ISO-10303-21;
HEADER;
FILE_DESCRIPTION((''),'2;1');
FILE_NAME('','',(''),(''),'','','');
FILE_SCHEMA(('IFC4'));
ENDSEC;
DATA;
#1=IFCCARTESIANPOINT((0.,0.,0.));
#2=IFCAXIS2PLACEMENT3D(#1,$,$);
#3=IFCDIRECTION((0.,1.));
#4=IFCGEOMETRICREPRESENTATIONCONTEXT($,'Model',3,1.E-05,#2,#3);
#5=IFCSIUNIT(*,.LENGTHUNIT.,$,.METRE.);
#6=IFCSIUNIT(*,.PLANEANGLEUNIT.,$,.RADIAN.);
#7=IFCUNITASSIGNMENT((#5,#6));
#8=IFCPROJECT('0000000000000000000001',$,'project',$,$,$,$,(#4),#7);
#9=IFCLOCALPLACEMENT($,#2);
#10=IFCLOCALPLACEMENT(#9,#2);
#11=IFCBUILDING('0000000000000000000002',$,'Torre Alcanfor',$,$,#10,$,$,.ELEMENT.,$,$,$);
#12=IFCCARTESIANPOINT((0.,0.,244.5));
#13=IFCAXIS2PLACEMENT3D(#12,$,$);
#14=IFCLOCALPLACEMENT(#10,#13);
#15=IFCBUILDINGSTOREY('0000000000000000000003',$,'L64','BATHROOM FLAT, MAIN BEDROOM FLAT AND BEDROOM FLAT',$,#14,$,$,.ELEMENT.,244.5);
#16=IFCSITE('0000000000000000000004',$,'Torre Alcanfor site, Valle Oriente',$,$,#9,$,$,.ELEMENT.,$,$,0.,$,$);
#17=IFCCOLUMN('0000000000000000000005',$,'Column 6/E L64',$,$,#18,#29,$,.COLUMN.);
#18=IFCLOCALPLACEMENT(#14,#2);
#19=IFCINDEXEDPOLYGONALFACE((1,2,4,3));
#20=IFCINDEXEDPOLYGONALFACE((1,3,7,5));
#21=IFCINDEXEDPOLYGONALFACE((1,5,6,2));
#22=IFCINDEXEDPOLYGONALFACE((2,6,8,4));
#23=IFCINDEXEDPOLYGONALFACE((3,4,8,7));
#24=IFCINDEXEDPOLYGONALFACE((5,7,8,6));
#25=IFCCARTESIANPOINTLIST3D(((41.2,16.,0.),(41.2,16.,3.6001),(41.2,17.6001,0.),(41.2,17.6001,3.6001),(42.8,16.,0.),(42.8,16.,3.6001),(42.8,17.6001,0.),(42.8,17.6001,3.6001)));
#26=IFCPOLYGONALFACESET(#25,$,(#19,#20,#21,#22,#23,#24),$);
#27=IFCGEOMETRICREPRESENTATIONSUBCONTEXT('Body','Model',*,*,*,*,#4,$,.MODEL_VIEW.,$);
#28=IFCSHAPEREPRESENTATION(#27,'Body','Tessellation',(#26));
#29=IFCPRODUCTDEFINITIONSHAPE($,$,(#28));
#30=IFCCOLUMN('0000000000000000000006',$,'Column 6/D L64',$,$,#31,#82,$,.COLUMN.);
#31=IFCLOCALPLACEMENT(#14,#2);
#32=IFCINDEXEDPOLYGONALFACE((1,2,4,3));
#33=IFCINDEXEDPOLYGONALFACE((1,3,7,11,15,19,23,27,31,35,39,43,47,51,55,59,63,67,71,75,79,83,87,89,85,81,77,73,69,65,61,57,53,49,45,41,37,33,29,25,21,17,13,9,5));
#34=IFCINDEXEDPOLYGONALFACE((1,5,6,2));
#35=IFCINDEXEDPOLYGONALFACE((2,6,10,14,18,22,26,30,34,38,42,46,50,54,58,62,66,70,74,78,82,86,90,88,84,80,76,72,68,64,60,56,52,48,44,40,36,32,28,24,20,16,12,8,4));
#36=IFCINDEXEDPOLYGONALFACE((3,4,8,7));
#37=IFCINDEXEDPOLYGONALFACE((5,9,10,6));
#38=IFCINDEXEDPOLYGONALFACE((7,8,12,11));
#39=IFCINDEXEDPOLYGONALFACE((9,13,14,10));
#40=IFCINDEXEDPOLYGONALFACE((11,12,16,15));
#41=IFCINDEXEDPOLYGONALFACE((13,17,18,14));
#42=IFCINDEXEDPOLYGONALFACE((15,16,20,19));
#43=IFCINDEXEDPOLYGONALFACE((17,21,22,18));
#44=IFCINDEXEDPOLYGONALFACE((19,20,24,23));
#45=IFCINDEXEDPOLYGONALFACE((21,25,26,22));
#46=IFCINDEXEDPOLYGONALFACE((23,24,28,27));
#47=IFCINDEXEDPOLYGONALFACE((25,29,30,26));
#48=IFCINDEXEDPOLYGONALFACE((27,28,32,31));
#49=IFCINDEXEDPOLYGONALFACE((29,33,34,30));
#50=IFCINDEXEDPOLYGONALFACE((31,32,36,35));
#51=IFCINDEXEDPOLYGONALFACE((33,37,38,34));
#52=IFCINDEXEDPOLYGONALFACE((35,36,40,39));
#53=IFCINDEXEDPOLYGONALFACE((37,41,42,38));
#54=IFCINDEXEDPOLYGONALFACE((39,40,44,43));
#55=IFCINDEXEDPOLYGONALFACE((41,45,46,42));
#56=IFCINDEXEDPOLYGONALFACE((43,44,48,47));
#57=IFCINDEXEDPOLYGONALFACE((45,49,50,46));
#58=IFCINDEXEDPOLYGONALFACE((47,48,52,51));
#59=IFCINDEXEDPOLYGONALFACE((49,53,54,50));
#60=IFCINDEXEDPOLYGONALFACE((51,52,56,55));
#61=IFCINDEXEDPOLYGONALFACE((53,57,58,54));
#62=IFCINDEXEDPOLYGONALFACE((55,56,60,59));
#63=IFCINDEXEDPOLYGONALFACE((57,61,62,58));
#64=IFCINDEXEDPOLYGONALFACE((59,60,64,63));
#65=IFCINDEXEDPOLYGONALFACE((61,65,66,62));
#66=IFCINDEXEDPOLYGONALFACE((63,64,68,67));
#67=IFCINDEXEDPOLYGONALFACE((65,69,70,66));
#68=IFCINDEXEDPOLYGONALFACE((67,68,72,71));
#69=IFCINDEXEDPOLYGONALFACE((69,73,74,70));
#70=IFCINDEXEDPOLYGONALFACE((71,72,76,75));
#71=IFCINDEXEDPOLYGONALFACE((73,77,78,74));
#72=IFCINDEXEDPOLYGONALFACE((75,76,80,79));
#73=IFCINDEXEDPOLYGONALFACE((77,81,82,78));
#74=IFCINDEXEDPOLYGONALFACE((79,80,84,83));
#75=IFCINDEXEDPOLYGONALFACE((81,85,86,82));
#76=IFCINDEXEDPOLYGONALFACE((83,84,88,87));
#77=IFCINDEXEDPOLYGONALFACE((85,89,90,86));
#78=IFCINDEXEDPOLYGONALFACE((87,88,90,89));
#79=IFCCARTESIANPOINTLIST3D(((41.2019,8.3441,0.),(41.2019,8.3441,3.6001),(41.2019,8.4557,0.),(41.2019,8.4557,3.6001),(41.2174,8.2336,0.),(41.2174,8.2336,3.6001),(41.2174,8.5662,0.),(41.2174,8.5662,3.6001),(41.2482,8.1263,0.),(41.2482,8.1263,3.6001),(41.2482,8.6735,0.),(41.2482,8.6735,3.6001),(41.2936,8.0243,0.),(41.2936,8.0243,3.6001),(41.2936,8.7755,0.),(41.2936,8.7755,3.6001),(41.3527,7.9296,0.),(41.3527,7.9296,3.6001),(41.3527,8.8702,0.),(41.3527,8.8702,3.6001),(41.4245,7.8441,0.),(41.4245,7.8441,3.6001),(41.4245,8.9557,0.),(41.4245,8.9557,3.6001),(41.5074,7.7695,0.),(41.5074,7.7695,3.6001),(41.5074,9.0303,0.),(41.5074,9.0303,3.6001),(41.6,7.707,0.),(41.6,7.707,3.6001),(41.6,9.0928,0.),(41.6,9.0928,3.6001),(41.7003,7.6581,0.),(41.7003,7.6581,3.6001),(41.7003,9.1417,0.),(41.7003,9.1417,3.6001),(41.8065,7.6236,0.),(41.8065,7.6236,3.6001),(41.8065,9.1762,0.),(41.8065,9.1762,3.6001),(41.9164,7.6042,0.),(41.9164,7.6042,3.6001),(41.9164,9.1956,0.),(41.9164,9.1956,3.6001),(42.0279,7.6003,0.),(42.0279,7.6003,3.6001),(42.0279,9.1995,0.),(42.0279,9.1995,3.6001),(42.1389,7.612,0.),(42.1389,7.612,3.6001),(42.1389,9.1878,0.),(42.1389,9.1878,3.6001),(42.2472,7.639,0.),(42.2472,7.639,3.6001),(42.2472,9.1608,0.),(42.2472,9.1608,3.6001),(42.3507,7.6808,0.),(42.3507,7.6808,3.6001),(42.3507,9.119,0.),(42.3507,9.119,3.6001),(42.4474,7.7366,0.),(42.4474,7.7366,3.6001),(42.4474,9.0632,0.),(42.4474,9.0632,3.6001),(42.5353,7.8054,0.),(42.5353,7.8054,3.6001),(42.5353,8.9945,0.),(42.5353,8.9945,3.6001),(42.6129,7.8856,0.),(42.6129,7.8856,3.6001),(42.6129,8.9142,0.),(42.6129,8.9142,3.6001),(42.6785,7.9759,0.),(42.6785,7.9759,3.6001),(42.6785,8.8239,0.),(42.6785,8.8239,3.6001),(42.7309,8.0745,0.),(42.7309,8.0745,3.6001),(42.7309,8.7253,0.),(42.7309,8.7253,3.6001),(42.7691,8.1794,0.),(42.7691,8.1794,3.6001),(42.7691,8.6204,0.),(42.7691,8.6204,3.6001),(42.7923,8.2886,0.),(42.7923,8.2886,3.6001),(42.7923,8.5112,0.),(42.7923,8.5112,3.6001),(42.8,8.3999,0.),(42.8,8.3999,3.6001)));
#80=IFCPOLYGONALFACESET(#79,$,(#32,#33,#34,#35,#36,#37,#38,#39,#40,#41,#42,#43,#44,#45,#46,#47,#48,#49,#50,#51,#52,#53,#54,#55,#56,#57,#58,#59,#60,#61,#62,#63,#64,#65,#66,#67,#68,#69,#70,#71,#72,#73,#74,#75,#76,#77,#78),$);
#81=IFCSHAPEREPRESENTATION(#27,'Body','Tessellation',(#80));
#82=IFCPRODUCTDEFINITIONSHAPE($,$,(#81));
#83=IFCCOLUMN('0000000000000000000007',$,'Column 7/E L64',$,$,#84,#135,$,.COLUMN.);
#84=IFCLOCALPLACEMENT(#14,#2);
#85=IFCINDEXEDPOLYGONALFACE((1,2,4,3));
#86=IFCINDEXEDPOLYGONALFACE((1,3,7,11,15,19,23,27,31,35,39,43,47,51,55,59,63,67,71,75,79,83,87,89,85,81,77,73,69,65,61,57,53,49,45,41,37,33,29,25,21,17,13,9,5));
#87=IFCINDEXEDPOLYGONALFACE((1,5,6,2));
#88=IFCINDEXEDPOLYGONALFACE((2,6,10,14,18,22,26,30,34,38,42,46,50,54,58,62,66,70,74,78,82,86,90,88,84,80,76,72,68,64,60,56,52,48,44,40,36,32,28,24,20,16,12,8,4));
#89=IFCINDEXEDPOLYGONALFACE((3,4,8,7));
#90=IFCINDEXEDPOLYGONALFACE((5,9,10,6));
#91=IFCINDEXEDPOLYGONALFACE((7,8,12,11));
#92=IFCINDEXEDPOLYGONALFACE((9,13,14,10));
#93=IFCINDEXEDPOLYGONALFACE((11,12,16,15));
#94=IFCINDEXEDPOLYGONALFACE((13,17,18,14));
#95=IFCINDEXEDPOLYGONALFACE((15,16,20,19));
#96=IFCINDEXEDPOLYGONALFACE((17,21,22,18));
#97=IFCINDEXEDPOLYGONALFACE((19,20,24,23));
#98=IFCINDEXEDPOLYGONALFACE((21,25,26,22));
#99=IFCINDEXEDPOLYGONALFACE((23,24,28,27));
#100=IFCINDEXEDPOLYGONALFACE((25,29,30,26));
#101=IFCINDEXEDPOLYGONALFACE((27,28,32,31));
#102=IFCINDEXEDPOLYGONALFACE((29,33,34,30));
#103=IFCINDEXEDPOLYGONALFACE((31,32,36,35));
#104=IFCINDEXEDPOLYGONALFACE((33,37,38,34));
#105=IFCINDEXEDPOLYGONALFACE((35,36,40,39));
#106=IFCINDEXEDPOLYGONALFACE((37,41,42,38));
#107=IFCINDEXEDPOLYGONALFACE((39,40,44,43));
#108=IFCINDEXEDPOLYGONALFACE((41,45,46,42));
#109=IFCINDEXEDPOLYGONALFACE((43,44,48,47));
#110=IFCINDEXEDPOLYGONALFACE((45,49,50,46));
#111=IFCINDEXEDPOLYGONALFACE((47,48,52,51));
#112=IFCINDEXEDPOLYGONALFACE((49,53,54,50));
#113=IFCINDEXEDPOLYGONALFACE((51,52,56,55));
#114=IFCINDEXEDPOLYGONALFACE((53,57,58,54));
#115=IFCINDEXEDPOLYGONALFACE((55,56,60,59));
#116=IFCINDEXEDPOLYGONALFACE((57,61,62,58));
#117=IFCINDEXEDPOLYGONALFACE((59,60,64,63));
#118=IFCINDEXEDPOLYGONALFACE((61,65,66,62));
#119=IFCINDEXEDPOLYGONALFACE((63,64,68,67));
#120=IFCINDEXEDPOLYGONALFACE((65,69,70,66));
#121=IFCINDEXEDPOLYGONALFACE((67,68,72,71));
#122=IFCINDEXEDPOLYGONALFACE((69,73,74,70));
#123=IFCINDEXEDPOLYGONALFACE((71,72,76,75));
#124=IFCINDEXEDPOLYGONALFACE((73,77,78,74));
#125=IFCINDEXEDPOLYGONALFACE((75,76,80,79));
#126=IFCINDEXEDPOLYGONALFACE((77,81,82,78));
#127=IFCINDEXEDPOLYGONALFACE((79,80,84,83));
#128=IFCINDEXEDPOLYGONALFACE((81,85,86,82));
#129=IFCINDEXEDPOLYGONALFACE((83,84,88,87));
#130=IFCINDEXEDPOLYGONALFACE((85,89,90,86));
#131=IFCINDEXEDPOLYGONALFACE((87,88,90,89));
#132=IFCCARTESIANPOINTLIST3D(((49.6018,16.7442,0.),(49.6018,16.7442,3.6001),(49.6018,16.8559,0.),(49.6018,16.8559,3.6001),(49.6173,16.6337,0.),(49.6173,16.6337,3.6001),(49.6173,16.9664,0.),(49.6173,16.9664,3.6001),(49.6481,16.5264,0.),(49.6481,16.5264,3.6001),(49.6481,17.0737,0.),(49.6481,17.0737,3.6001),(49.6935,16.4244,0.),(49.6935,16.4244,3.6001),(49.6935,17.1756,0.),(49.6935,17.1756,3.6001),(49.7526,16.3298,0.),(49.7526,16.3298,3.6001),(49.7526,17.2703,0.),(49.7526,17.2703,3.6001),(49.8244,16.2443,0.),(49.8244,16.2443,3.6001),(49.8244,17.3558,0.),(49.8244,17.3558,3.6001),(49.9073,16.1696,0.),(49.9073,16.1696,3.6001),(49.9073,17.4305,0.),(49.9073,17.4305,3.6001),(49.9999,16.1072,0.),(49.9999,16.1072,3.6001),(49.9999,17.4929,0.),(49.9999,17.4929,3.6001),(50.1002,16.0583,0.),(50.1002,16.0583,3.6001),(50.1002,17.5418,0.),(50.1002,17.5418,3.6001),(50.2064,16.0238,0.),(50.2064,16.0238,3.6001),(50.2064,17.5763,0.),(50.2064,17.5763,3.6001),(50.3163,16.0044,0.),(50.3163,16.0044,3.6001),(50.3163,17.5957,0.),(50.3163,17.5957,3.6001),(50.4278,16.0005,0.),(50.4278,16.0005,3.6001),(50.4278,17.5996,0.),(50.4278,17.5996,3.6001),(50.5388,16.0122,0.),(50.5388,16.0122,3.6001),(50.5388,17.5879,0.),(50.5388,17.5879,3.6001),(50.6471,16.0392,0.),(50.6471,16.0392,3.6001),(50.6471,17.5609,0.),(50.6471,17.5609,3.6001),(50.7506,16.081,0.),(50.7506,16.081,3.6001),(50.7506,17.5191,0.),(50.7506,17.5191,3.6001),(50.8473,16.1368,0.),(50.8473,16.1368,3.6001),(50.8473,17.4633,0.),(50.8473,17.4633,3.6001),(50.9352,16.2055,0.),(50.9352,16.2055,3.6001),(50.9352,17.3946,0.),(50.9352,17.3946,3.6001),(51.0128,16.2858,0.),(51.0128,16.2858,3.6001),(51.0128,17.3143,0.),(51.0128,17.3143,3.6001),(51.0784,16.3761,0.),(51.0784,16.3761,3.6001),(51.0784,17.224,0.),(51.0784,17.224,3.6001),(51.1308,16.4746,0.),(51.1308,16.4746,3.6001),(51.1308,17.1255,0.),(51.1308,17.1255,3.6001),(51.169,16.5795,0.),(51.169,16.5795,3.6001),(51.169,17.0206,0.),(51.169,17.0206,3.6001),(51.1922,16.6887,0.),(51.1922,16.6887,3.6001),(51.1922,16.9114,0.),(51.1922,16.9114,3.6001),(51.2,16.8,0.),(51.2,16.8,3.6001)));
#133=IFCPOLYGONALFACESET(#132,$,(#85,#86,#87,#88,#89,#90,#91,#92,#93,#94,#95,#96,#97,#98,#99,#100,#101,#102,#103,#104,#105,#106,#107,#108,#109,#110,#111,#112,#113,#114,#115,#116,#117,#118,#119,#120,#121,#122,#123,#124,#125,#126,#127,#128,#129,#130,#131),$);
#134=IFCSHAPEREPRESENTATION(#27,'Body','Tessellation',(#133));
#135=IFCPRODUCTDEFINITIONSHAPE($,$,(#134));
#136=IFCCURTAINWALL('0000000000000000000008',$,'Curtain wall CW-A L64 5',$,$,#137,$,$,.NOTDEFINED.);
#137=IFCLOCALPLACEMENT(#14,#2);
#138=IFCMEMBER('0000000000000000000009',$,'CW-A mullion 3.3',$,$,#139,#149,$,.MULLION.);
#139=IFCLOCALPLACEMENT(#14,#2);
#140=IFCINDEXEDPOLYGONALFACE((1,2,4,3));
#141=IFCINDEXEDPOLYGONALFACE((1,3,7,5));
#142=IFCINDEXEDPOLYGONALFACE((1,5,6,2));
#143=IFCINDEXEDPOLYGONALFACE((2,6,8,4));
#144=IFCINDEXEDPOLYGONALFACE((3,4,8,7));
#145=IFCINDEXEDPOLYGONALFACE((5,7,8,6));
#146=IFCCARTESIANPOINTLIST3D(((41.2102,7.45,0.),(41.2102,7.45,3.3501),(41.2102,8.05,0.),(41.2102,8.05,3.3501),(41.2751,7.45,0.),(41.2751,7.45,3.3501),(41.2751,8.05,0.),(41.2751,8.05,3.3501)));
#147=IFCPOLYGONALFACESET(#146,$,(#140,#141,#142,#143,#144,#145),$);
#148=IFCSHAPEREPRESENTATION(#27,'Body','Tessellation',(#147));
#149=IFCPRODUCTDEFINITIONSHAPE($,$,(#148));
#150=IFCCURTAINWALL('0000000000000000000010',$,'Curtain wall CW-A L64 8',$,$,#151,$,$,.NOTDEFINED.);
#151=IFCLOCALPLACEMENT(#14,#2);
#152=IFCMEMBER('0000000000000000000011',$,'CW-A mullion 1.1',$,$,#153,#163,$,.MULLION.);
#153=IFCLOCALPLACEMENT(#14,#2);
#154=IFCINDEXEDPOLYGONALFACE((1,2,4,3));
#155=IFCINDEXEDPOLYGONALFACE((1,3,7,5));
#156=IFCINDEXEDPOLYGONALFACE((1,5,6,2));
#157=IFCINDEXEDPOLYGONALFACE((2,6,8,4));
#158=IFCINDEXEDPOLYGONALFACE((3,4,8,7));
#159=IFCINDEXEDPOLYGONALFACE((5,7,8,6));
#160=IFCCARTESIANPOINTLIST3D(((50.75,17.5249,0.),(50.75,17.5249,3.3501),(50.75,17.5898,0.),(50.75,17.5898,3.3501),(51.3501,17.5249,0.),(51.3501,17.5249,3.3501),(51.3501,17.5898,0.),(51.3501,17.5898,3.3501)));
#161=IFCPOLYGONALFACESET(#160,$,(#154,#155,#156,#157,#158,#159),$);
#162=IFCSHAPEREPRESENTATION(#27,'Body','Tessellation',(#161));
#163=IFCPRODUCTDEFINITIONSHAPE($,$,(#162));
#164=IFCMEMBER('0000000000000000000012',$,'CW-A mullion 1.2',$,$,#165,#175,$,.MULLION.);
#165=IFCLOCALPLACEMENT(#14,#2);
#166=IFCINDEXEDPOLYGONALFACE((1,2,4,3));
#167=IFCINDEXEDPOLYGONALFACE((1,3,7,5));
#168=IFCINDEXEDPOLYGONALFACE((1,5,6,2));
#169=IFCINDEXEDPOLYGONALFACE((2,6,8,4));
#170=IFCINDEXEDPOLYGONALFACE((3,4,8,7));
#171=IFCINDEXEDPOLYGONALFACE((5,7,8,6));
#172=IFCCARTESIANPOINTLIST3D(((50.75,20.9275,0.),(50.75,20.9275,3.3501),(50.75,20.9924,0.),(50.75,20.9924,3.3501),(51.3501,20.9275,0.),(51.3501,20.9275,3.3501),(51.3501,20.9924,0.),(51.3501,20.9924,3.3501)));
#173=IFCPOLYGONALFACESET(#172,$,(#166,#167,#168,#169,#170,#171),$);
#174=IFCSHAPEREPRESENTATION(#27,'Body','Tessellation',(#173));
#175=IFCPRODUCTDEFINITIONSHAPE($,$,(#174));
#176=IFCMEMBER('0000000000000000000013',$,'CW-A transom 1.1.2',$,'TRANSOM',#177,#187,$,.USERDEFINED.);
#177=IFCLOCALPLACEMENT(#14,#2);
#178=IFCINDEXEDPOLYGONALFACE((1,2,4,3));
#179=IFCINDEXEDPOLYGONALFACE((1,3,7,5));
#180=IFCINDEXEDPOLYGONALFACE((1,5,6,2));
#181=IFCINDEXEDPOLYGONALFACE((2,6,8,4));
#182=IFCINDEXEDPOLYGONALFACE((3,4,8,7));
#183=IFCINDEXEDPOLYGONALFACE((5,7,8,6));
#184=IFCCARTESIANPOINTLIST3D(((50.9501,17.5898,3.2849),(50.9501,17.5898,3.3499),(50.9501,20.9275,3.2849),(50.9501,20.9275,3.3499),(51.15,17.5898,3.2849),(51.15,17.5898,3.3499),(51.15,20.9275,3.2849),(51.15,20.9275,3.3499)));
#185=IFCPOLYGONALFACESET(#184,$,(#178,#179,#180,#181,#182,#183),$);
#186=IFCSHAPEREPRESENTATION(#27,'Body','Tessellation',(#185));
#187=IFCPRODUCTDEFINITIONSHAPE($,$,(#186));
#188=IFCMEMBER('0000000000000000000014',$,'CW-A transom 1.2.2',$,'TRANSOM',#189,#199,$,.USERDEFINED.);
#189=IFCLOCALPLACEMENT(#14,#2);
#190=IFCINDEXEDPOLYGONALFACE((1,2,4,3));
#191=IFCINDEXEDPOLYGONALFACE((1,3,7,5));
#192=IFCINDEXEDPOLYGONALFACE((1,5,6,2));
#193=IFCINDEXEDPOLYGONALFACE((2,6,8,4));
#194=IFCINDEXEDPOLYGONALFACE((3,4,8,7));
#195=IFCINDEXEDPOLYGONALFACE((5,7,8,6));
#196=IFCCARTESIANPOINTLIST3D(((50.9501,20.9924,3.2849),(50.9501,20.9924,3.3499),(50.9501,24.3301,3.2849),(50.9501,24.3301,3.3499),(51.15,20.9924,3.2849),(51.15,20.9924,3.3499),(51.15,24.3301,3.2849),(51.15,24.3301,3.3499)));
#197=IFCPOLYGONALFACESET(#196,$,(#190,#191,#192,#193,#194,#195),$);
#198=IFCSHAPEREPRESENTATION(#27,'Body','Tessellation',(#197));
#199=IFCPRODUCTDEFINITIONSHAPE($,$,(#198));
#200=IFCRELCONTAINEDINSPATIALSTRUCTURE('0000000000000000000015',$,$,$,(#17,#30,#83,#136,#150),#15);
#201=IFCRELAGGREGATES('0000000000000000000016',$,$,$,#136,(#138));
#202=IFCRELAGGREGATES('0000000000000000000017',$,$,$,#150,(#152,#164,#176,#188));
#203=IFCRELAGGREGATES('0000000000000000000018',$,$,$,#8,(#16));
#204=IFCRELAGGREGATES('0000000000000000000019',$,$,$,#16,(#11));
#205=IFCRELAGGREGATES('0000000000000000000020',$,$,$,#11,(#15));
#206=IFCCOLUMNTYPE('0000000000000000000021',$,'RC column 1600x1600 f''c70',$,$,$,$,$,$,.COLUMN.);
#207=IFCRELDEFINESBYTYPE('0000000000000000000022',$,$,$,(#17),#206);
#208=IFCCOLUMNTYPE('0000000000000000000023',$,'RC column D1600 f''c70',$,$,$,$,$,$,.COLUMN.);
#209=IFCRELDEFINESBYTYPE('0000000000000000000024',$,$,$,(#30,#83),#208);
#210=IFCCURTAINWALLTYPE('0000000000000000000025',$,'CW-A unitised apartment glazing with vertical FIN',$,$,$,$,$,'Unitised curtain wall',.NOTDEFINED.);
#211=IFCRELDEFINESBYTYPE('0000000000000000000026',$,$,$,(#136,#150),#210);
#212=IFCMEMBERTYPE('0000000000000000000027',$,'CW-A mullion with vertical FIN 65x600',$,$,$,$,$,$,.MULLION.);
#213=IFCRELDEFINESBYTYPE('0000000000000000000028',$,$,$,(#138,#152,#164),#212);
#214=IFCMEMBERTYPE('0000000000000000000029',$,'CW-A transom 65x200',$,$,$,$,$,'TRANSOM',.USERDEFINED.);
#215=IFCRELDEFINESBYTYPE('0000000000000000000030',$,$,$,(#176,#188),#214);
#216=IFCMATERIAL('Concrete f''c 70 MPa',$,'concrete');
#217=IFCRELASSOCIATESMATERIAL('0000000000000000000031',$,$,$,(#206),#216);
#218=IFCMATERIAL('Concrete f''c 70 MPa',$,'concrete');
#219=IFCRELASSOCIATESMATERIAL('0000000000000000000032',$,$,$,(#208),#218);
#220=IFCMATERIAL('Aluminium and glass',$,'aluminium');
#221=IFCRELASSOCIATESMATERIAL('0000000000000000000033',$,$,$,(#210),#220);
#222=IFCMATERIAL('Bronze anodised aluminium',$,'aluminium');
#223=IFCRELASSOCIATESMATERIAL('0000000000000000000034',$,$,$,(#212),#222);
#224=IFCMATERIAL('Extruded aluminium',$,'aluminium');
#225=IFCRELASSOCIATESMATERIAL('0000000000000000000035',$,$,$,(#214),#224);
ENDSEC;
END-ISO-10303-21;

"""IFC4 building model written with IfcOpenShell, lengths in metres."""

from ifc_helpers import new_model, si_unit, direction, frame, origin, origin_2d, place, context, subcontext, project, spatial, rectangle, circle, extrude, material, material_profile, profile_set, type_object, element, aggregate, save


model = new_model("IFC4")

# Units and contexts
model_context = context("Model", 3, precision=1e-05, world=origin(), true_north=direction((0.0, 1.0)))
body_context = subcontext(model_context, "Body", "Model", "MODEL_VIEW")
ifc_project = project(units=[si_unit("LENGTHUNIT", "METRE"), si_unit("PLANEANGLEUNIT", "RADIAN")], contexts=[model_context])

# Site, building, storey
site_placement = place(None, origin())
site = spatial("IfcSite", under=ifc_project, at=site_placement, Name="Torre Alcanfor site, Valle Oriente", CompositionType="ELEMENT", RefElevation=0.0)
building_placement = place(site_placement, origin())
building = spatial("IfcBuilding", under=site, at=building_placement, Name="Torre Alcanfor", CompositionType="ELEMENT")
storey_placement = place(building_placement, frame((0.0, 0.0, 244.5)))
storey = spatial("IfcBuildingStorey", under=building, at=storey_placement, Name="L64", Description="BATHROOM FLAT, MAIN BEDROOM FLAT AND BEDROOM FLAT", CompositionType="ELEMENT", Elevation=244.5)

# Columns
ifc_material_1 = material(Name="Concrete f'c 70 MPa", Category="concrete")
ifc_material_profile_1 = material_profile(ifc_material_1, rectangle(XDim=1.6001, YDim=1.6001, at=origin_2d()), Name="1600x1600")
ifc_profile_set_1 = profile_set([ifc_material_profile_1], Name="Concrete f'c 70 MPa")
column_type_1 = type_object("IfcColumnType", Name="RC column 1600x1600 f'c70", PredefinedType="COLUMN", material=ifc_profile_set_1)
column_placement = place(storey_placement, frame((42.0, 16.8, 0.0), z_axis=(0.0, 0.0, 1.0), x_axis=(1.0, 0.0, 0.0)))
element("IfcColumn", 1, at=column_placement, inside=storey, type_object=column_type_1, Name="Column 6/E L64", PredefinedType="COLUMN", context=body_context, shape_type="SweptSolid", body=[
    extrude(rectangle(XDim=1.6001, YDim=1.6001, at=origin_2d()), origin(), (0.0, 0.0, 1.0), 3.6001),
])
ifc_material_2 = material(Name="Concrete f'c 70 MPa", Category="concrete")
ifc_material_profile_2 = material_profile(ifc_material_2, circle(Radius=0.8, at=origin_2d()), Name="D1600")
ifc_profile_set_2 = profile_set([ifc_material_profile_2], Name="Concrete f'c 70 MPa")
column_type_2 = type_object("IfcColumnType", Name="RC column D1600 f'c70", PredefinedType="COLUMN", material=ifc_profile_set_2)
for number, where, z_axis, x_axis, name in (
    (2, (42.0, 8.3999, 0.0), (0.0, 0.0, 1.0), (1.0, 0.0, 0.0), "Column 6/D L64"),
    (3, (50.3999, 16.8, 0.0), (0.0, 0.0, 1.0), (1.0, 0.0, 0.0), "Column 7/E L64"),
):
    element("IfcColumn", number, at=place(storey_placement, frame(where, z_axis=z_axis, x_axis=x_axis)), inside=storey, type_object=column_type_2, Name=name, PredefinedType="COLUMN", context=body_context, shape_type="SweptSolid", body=[
        extrude(circle(Radius=0.8, at=origin_2d()), origin(), (0.0, 0.0, 1.0), 3.6001),
    ])

# Curtain wall, member
ifc_material_3 = material(Name="Aluminium and glass", Category="aluminium")
curtain_wall_type = type_object("IfcCurtainWallType", Name="CW-A unitised apartment glazing with vertical FIN", ElementType="Unitised curtain wall", PredefinedType="NOTDEFINED", material=ifc_material_3)
curtain_wall_1_placement = place(storey_placement, origin())
curtain_wall_1 = element("IfcCurtainWall", 4, at=curtain_wall_1_placement, inside=storey, type_object=curtain_wall_type, Name="Curtain wall CW-A L64 5", PredefinedType="NOTDEFINED")
ifc_material_4 = material(Name="Bronze anodised aluminium", Category="aluminium")
ifc_material_profile_3 = material_profile(ifc_material_4, rectangle(XDim=0.6001, YDim=0.0649, at=origin_2d()), Name="CW-A mullion 65x600")
ifc_profile_set_3 = profile_set([ifc_material_profile_3], Name="Bronze anodised aluminium")
member_type_1 = type_object("IfcMemberType", Name="CW-A mullion with vertical FIN 65x600", PredefinedType="MULLION", material=ifc_profile_set_3)
member_1_placement = place(storey_placement, frame((41.2427, 7.75, 0.0), z_axis=(0.0, 0.0, 1.0), x_axis=(0.0, 1.0, 0.0)))
member_1 = element("IfcMember", 5, at=member_1_placement, type_object=member_type_1, Name="CW-A mullion 3.3", PredefinedType="MULLION", context=body_context, shape_type="SweptSolid", body=[
    extrude(rectangle(XDim=0.6001, YDim=0.0649, at=origin_2d()), origin(), (0.0, 0.0, 1.0), 3.3501),
])

# Curtain wall, members
curtain_wall_2_placement = place(storey_placement, origin())
curtain_wall_2 = element("IfcCurtainWall", 6, at=curtain_wall_2_placement, inside=storey, type_object=curtain_wall_type, Name="Curtain wall CW-A L64 8", PredefinedType="NOTDEFINED")
member_2_placement = place(storey_placement, frame((51.05, 17.5574, 0.0), z_axis=(0.0, 0.0, 1.0), x_axis=(-1.0, 0.0, 0.0)))
member_2 = element("IfcMember", 7, at=member_2_placement, type_object=member_type_1, Name="CW-A mullion 1.1", PredefinedType="MULLION", context=body_context, shape_type="SweptSolid", body=[
    extrude(rectangle(XDim=0.6001, YDim=0.0649, at=origin_2d()), origin(), (0.0, 0.0, 1.0), 3.3501),
])
member_3_placement = place(storey_placement, frame((51.05, 20.96, 0.0), z_axis=(0.0, 0.0, 1.0), x_axis=(-1.0, 0.0, 0.0)))
member_3 = element("IfcMember", 8, at=member_3_placement, type_object=member_type_1, Name="CW-A mullion 1.2", PredefinedType="MULLION", context=body_context, shape_type="SweptSolid", body=[
    extrude(rectangle(XDim=0.6001, YDim=0.0649, at=origin_2d()), origin(), (0.0, 0.0, 1.0), 3.3501),
])
ifc_material_5 = material(Name="Extruded aluminium", Category="aluminium")
ifc_material_profile_4 = material_profile(ifc_material_5, rectangle(XDim=0.2, YDim=0.0649, at=origin_2d()), Name="CW-A transom 200x65")
ifc_profile_set_4 = profile_set([ifc_material_profile_4], Name="Extruded aluminium")
member_type_2 = type_object("IfcMemberType", Name="CW-A transom 65x200", ElementType="TRANSOM", PredefinedType="USERDEFINED", material=ifc_profile_set_4)
member_4_placement = place(storey_placement, frame((51.05, 17.5898, 3.3174), z_axis=(0.0, 1.0, 0.0), x_axis=(-1.0, 0.0, 0.0)))
member_4 = element("IfcMember", 9, at=member_4_placement, type_object=member_type_2, Name="CW-A transom 1.1.2", ObjectType="TRANSOM", PredefinedType="USERDEFINED", context=body_context, shape_type="SweptSolid", body=[
    extrude(rectangle(XDim=0.2, YDim=0.0649, at=origin_2d()), origin(), (0.0, 0.0, 1.0), 3.3376),
])
member_5_placement = place(storey_placement, frame((51.05, 20.9924, 3.3174), z_axis=(0.0, 1.0, 0.0), x_axis=(-1.0, 0.0, 0.0)))
member_5 = element("IfcMember", 10, at=member_5_placement, type_object=member_type_2, Name="CW-A transom 1.2.2", ObjectType="TRANSOM", PredefinedType="USERDEFINED", context=body_context, shape_type="SweptSolid", body=[
    extrude(rectangle(XDim=0.2, YDim=0.0649, at=origin_2d()), origin(), (0.0, 0.0, 1.0), 3.3376),
])

aggregate(curtain_wall_1, [member_1])
aggregate(curtain_wall_2, [member_2, member_3, member_4, member_5])

save(model, "model.ifc")
